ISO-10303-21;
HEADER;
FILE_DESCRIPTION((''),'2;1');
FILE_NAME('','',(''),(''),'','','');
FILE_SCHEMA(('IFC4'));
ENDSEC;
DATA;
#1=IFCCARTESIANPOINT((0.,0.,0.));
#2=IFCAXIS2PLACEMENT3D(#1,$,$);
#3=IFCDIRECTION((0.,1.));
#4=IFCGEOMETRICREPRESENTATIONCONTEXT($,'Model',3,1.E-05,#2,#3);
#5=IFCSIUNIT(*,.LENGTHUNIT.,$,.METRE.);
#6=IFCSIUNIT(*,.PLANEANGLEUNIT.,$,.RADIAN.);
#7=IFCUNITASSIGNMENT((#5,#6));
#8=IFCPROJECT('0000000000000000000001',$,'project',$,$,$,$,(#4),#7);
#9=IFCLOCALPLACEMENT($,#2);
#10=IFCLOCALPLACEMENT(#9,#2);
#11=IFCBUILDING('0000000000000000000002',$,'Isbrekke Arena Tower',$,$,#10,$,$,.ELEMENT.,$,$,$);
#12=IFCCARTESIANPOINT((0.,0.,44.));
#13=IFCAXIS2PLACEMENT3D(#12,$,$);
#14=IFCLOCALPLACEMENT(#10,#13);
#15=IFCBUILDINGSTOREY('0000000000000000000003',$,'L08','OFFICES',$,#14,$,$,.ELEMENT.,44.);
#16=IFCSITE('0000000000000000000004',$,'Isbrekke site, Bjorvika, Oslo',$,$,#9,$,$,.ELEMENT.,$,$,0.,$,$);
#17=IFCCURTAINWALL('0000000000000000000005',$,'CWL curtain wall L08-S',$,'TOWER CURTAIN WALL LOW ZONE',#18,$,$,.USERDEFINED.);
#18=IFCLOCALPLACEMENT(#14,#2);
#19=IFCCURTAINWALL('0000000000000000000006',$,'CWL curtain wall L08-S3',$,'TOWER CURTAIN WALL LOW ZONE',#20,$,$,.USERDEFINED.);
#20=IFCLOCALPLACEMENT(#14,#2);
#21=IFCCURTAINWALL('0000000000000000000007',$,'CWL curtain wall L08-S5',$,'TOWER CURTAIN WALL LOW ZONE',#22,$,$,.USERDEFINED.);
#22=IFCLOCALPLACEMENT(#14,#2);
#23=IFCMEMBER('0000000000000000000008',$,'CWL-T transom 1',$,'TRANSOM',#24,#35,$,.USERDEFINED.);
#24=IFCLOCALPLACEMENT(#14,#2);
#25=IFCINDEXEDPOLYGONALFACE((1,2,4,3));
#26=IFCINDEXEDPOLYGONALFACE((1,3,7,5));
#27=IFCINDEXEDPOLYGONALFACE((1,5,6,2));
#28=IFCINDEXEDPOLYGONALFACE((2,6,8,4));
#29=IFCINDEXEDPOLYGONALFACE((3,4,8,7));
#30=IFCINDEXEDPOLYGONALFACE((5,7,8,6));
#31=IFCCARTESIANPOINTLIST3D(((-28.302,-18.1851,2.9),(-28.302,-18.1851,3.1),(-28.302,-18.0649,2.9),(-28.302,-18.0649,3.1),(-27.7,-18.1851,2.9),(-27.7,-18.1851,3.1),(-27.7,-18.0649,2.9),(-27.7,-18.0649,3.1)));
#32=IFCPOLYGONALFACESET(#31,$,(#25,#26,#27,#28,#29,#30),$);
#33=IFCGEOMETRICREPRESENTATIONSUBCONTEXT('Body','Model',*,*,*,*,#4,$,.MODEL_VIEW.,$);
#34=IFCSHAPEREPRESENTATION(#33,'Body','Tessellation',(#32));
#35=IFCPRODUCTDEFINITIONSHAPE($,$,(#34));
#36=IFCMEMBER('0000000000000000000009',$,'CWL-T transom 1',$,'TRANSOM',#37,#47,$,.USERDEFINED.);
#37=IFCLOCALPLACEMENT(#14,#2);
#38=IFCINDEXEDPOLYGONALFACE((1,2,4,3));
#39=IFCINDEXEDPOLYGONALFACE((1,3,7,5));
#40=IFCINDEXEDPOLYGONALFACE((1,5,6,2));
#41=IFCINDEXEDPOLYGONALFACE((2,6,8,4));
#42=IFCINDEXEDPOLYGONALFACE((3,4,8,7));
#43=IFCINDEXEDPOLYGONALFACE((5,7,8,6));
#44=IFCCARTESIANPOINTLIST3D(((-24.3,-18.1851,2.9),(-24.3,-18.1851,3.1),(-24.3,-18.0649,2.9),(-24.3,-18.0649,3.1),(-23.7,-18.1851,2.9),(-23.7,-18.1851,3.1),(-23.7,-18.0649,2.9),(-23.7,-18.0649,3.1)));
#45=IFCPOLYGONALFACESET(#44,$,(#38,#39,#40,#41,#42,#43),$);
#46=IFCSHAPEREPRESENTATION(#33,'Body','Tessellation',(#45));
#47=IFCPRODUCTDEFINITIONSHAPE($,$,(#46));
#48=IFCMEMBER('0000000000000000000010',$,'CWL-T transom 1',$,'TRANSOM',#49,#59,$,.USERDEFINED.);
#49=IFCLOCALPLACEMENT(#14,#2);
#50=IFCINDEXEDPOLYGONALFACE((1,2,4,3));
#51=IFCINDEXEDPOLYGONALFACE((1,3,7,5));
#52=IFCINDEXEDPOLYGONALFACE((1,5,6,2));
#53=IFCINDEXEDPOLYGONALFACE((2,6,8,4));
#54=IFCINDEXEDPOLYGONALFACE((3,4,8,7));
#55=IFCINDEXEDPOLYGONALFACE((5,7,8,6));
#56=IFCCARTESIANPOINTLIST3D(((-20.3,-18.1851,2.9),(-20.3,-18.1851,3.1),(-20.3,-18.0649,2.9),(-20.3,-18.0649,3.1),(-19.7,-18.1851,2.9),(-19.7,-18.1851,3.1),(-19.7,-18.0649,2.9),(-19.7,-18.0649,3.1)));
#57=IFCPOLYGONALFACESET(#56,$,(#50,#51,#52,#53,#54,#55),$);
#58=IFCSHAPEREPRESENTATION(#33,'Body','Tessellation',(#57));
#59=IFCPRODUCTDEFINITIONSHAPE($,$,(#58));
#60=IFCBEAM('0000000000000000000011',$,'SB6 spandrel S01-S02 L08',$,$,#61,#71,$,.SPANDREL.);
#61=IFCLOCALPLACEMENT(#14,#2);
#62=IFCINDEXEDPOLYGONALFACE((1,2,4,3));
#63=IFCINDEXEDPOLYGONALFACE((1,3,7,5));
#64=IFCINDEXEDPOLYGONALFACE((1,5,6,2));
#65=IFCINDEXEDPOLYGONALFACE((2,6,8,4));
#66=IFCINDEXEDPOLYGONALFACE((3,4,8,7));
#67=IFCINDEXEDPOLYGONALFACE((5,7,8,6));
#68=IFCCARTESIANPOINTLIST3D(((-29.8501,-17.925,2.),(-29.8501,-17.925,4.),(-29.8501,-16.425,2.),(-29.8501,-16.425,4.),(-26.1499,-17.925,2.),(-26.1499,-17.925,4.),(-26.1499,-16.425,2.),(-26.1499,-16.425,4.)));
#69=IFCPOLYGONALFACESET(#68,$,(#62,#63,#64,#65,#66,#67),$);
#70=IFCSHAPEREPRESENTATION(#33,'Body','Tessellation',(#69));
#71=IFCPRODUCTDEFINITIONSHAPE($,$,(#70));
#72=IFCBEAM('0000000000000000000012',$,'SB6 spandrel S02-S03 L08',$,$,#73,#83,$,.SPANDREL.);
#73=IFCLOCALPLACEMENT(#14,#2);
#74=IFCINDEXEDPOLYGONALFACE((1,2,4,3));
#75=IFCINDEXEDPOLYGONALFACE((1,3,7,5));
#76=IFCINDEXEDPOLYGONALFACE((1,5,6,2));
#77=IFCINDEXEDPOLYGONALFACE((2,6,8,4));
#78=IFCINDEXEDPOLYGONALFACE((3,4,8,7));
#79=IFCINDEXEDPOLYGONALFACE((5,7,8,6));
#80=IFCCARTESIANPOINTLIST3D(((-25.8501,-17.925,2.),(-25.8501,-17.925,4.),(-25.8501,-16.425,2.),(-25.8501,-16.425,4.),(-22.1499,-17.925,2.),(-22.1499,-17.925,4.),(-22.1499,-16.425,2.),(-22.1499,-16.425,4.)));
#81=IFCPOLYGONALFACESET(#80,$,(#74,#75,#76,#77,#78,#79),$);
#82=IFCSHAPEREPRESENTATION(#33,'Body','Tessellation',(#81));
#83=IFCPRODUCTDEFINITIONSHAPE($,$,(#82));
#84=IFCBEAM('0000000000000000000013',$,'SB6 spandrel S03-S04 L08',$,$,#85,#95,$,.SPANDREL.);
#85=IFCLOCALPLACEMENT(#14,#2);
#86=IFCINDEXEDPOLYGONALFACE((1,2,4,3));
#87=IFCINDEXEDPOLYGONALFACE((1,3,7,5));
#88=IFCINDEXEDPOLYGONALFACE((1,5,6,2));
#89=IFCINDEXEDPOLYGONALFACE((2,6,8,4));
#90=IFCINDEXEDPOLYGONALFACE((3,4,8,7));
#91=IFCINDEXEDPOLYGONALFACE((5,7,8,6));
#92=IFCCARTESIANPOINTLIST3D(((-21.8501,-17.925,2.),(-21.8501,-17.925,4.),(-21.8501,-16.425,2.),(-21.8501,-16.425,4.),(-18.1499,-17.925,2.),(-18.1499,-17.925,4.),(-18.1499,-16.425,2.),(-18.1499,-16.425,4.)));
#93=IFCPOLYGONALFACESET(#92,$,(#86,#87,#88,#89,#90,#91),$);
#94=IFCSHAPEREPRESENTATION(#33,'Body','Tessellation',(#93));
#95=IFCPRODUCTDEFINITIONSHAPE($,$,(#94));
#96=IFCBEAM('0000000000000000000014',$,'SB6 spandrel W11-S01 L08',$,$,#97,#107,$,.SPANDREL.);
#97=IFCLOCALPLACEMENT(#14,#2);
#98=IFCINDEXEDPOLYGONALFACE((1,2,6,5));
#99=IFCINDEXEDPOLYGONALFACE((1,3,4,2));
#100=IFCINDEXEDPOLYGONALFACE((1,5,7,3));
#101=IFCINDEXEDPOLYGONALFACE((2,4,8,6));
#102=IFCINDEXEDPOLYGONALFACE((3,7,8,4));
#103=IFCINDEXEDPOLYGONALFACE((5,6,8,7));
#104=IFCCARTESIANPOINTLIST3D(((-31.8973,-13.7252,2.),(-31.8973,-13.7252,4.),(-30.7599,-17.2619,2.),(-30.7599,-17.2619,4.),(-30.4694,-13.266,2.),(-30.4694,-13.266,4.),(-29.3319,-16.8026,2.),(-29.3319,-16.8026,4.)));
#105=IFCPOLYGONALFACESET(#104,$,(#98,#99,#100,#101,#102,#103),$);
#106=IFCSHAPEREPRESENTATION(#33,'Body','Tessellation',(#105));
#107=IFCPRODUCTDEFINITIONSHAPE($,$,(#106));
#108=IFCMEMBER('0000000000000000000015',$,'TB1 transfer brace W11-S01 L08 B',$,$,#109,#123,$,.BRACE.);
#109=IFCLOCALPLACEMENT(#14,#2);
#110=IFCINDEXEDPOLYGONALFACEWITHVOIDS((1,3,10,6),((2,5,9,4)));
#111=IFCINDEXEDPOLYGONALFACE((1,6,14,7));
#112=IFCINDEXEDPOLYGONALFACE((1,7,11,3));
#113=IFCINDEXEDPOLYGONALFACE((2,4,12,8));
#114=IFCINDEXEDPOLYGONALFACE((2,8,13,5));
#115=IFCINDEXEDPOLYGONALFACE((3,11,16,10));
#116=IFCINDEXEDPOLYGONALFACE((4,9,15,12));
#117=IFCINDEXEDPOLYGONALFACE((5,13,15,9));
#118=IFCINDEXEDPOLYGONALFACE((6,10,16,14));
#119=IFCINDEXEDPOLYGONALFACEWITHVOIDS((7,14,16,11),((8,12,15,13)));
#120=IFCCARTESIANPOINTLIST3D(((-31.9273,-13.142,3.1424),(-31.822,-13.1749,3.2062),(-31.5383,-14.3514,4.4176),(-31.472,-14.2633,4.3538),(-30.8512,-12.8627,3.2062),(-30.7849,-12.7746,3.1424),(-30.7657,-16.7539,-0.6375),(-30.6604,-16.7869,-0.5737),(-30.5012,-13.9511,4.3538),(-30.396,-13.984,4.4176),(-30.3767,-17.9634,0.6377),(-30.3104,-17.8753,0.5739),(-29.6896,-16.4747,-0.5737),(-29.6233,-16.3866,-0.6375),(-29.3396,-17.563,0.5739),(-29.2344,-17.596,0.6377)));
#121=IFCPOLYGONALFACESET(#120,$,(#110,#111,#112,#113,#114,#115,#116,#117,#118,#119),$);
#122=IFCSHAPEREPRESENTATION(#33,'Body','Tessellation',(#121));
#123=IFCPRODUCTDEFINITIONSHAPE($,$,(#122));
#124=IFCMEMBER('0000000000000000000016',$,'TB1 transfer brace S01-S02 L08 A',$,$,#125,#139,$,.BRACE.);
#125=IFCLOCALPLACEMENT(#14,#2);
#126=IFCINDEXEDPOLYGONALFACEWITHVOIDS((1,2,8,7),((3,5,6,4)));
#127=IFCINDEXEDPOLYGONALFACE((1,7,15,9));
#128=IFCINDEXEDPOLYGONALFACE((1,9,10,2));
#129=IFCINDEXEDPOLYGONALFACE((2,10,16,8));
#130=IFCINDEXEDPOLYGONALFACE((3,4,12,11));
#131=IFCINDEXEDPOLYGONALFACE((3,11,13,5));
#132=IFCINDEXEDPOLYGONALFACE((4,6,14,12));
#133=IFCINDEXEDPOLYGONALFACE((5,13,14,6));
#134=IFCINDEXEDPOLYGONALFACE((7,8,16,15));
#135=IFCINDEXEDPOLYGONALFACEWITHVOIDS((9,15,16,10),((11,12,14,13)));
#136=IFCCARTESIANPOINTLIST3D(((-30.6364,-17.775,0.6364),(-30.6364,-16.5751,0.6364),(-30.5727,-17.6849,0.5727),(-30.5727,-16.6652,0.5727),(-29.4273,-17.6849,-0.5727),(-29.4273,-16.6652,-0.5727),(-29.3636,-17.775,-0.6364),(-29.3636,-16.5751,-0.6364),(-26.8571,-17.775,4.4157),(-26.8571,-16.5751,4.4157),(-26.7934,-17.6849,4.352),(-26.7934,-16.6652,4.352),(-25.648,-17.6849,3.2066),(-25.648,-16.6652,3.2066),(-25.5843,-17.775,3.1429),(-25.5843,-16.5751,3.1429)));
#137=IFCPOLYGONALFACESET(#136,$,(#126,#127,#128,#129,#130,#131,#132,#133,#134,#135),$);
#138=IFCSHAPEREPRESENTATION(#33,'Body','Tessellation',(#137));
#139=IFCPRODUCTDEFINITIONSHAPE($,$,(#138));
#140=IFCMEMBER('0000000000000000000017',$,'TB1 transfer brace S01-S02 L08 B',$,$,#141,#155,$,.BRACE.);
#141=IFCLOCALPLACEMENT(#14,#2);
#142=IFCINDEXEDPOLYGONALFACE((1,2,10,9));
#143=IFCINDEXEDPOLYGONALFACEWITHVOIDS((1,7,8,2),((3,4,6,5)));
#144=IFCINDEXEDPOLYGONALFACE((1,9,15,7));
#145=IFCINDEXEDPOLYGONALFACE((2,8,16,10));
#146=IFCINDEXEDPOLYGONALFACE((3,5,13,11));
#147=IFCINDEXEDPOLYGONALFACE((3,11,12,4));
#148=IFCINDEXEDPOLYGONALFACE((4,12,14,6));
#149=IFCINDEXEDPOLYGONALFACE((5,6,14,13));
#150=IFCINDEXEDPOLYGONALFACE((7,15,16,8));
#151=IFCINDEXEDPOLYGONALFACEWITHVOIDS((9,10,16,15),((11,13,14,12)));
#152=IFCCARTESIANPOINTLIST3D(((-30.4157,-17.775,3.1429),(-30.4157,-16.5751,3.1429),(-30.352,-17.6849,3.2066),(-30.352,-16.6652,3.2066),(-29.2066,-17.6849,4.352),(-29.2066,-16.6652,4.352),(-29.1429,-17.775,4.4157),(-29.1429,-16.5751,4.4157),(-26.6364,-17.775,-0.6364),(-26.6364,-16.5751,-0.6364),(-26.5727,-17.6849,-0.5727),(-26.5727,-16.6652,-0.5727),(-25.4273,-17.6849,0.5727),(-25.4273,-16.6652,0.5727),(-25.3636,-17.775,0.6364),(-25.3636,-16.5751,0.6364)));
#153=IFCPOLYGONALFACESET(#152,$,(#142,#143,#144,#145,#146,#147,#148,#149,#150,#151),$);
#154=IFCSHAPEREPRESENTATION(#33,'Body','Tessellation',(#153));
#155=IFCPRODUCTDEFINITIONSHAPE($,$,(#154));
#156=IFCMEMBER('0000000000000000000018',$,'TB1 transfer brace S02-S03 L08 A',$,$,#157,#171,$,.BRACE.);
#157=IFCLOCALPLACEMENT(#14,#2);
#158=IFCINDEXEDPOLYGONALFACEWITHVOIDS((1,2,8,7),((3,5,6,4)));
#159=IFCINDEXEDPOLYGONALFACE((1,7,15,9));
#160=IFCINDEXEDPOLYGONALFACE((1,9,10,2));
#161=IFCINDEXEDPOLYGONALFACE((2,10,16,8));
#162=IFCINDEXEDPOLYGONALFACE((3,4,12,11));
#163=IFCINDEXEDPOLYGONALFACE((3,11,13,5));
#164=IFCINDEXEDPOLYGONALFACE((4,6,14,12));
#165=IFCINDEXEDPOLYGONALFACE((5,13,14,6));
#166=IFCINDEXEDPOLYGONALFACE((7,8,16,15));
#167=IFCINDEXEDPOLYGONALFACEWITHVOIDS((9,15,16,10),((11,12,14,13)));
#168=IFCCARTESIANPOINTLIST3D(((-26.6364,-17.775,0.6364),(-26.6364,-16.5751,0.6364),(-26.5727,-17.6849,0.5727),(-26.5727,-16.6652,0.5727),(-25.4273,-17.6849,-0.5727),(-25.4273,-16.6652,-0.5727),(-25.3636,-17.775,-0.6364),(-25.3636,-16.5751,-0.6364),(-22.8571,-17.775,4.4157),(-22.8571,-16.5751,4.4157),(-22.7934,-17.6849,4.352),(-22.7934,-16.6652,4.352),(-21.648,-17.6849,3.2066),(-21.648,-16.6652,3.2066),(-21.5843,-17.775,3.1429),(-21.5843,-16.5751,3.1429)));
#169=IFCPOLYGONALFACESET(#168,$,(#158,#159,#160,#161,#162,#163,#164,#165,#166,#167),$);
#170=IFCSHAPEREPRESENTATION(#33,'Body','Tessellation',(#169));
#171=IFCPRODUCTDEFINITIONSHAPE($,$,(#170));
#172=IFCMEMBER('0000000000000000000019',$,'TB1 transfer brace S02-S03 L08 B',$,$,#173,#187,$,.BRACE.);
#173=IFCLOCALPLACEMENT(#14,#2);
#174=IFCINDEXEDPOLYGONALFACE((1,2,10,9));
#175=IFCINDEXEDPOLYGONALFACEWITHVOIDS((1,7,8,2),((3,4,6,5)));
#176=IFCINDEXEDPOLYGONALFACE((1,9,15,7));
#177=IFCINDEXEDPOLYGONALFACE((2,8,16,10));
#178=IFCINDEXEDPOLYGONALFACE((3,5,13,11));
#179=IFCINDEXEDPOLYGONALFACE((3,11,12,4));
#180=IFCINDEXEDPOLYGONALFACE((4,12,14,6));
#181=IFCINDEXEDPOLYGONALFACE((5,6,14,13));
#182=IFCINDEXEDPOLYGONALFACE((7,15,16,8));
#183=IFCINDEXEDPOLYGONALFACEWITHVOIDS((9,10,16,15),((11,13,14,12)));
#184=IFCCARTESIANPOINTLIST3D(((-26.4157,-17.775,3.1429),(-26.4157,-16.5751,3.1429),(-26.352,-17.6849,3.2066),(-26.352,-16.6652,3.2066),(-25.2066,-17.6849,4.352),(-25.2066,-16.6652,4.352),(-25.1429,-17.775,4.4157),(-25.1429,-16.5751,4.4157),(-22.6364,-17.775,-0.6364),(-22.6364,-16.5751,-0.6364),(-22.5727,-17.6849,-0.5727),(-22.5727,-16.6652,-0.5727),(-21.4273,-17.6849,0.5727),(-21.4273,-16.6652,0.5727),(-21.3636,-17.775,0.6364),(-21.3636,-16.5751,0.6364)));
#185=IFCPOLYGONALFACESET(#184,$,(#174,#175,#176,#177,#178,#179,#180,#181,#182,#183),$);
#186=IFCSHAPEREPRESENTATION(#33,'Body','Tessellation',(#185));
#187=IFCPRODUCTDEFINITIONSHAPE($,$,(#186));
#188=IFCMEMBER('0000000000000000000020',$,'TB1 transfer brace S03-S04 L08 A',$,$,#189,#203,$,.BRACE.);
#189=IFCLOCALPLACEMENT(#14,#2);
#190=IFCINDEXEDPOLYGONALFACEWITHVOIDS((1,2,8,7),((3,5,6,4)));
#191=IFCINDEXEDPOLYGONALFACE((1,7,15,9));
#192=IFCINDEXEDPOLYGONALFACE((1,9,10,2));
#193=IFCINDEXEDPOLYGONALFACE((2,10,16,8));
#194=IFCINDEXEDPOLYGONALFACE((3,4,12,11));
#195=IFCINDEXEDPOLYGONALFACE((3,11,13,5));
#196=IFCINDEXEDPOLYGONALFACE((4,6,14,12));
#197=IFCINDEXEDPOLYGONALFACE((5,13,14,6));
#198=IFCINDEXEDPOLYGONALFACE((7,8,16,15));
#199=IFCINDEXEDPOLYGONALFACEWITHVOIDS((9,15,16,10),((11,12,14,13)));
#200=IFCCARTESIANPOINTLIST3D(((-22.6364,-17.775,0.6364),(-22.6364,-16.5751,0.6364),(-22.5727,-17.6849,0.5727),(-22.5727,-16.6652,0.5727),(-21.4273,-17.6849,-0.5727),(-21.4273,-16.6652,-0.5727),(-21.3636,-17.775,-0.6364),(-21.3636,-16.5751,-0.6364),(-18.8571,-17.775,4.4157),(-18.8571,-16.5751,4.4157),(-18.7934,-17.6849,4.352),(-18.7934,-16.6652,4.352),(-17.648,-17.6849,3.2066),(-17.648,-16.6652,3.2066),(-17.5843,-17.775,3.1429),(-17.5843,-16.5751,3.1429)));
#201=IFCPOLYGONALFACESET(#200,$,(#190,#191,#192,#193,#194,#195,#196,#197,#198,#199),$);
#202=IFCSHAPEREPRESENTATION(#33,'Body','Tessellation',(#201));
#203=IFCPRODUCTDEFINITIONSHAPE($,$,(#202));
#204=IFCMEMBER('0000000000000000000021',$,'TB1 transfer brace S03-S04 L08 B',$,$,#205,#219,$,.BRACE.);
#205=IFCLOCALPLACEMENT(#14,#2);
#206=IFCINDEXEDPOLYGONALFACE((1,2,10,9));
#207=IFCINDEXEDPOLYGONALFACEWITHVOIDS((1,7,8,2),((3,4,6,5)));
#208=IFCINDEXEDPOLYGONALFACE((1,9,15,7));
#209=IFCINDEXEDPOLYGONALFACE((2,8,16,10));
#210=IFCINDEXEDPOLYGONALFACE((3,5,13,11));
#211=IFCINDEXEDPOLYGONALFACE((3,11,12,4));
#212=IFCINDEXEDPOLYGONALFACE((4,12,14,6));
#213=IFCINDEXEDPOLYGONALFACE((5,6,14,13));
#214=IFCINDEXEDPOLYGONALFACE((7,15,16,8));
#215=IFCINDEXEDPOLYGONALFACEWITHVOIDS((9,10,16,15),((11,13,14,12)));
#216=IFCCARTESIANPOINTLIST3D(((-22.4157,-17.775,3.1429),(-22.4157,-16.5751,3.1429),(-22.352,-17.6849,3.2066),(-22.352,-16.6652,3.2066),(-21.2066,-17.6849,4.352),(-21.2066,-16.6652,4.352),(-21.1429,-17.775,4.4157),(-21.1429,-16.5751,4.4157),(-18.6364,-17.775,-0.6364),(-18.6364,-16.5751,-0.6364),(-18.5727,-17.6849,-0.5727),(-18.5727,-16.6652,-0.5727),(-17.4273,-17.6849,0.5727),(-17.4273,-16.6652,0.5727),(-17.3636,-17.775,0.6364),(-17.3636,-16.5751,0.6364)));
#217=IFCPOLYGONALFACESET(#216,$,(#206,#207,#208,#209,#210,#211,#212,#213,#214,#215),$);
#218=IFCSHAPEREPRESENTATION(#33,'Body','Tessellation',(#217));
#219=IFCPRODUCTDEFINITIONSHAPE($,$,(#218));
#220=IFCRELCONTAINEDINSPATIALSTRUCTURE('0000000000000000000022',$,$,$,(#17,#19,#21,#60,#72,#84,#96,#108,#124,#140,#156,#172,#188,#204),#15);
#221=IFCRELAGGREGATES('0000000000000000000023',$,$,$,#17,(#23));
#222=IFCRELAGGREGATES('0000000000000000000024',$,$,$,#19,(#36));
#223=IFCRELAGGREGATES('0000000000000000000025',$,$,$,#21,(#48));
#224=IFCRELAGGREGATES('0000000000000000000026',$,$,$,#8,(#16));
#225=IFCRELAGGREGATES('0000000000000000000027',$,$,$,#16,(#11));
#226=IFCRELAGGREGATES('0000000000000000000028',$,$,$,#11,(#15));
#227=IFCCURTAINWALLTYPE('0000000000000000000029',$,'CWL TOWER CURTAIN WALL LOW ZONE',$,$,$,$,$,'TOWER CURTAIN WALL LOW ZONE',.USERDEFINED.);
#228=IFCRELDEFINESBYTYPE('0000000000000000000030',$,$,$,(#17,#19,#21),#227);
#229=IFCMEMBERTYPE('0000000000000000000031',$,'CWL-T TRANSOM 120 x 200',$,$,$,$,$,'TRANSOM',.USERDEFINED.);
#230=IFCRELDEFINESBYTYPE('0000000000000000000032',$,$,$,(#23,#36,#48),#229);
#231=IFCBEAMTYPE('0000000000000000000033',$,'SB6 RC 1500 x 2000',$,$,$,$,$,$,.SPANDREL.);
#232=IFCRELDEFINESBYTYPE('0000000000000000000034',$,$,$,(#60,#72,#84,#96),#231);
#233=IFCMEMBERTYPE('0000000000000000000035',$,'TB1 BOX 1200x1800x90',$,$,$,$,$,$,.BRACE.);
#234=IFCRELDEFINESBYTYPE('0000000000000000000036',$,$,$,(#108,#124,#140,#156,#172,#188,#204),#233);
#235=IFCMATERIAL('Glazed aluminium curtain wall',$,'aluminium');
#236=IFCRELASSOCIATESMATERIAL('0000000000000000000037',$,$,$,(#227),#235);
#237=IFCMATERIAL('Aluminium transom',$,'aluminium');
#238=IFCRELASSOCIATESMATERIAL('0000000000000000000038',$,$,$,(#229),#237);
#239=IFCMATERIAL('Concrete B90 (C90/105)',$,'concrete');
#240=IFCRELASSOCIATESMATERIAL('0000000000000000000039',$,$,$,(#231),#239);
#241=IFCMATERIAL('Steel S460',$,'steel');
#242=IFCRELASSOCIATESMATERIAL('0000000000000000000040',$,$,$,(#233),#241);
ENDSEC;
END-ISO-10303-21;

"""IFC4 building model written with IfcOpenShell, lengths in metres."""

from ifc_helpers import new_model, si_unit, direction, frame, origin, origin_2d, place, context, subcontext, project, spatial, rectangle, hollow_rectangle, extrude, material, material_profile, profile_set, type_object, element, aggregate, save


model = new_model("IFC4")

# Units and contexts
model_context = context("Model", 3, precision=1e-05, world=origin(), true_north=direction((0.0, 1.0)))
body_context = subcontext(model_context, "Body", "Model", "MODEL_VIEW")
ifc_project = project(units=[si_unit("LENGTHUNIT", "METRE"), si_unit("PLANEANGLEUNIT", "RADIAN")], contexts=[model_context])

# Site, building, storey
site_placement = place(None, origin())
site = spatial("IfcSite", under=ifc_project, at=site_placement, Name="Isbrekke site, Bjorvika, Oslo", CompositionType="ELEMENT", RefElevation=0.0)
building_placement = place(site_placement, origin())
building = spatial("IfcBuilding", under=site, at=building_placement, Name="Isbrekke Arena Tower", CompositionType="ELEMENT")
storey_placement = place(building_placement, frame((0.0, 0.0, 44.0)))
storey = spatial("IfcBuildingStorey", under=building, at=storey_placement, Name="L08", Description="OFFICES", CompositionType="ELEMENT", Elevation=44.0)

# Curtain walls
ifc_material_1 = material(Name="Glazed aluminium curtain wall", Category="aluminium")
curtain_wall_type = type_object("IfcCurtainWallType", Name="CWL TOWER CURTAIN WALL LOW ZONE", ElementType="TOWER CURTAIN WALL LOW ZONE", PredefinedType="USERDEFINED", material=ifc_material_1)
curtain_wall_1_placement = place(storey_placement, origin())
curtain_wall_1 = element("IfcCurtainWall", 1, at=curtain_wall_1_placement, inside=storey, type_object=curtain_wall_type, Name="CWL curtain wall L08-S", ObjectType="TOWER CURTAIN WALL LOW ZONE", PredefinedType="USERDEFINED")
curtain_wall_2_placement = place(storey_placement, origin())
curtain_wall_2 = element("IfcCurtainWall", 2, at=curtain_wall_2_placement, inside=storey, type_object=curtain_wall_type, Name="CWL curtain wall L08-S3", ObjectType="TOWER CURTAIN WALL LOW ZONE", PredefinedType="USERDEFINED")

# Curtain wall
curtain_wall_3_placement = place(storey_placement, origin())
curtain_wall_3 = element("IfcCurtainWall", 3, at=curtain_wall_3_placement, inside=storey, type_object=curtain_wall_type, Name="CWL curtain wall L08-S5", ObjectType="TOWER CURTAIN WALL LOW ZONE", PredefinedType="USERDEFINED")

# Members
ifc_material_2 = material(Name="Aluminium transom", Category="aluminium")
ifc_material_profile_1 = material_profile(ifc_material_2, rectangle(XDim=0.1201, YDim=0.2, at=origin_2d()), Name="TRANSOM 120X200")
ifc_profile_set_1 = profile_set([ifc_material_profile_1], Name="Aluminium transom")
member_type_1 = type_object("IfcMemberType", Name="CWL-T TRANSOM 120 x 200", ElementType="TRANSOM", PredefinedType="USERDEFINED", material=ifc_profile_set_1)
member_1_placement = place(storey_placement, frame((-28.302, -18.125, 3.0), z_axis=(1.0, 0.0, 0.0), x_axis=(0.0, 1.0, 0.0)))
member_1 = element("IfcMember", 4, at=member_1_placement, type_object=member_type_1, Name="CWL-T transom 1", ObjectType="TRANSOM", PredefinedType="USERDEFINED", context=body_context, shape_type="SweptSolid", body=[
    extrude(rectangle(XDim=0.1201, YDim=0.2, at=origin_2d()), origin(), (0.0, 0.0, 1.0), 0.6021),
])
member_2_placement = place(storey_placement, frame((-24.3, -18.125, 3.0), z_axis=(1.0, 0.0, 0.0), x_axis=(0.0, 1.0, 0.0)))
member_2 = element("IfcMember", 5, at=member_2_placement, type_object=member_type_1, Name="CWL-T transom 1", ObjectType="TRANSOM", PredefinedType="USERDEFINED", context=body_context, shape_type="SweptSolid", body=[
    extrude(rectangle(XDim=0.1201, YDim=0.2, at=origin_2d()), origin(), (0.0, 0.0, 1.0), 0.6001),
])
member_3_placement = place(storey_placement, frame((-20.3, -18.125, 3.0), z_axis=(1.0, 0.0, 0.0), x_axis=(0.0, 1.0, 0.0)))
member_3 = element("IfcMember", 6, at=member_3_placement, type_object=member_type_1, Name="CWL-T transom 1", ObjectType="TRANSOM", PredefinedType="USERDEFINED", context=body_context, shape_type="SweptSolid", body=[
    extrude(rectangle(XDim=0.1201, YDim=0.2, at=origin_2d()), origin(), (0.0, 0.0, 1.0), 0.6001),
])

# Beams
ifc_material_3 = material(Name="Concrete B90 (C90/105)", Category="concrete")
ifc_material_profile_2 = material_profile(ifc_material_3, rectangle(XDim=1.5, YDim=2.0, at=origin_2d()), Name="RC 1500x2000")
ifc_profile_set_2 = profile_set([ifc_material_profile_2], Name="Concrete B90 (C90/105)")
beam_type_1 = type_object("IfcBeamType", Name="SB6 RC 1500 x 2000", PredefinedType="SPANDREL", material=ifc_profile_set_2)
for number, where, z_axis, x_axis, name in (
    (7, (-29.8501, -17.175, 3.0), (1.0, 0.0, 0.0), (0.0, 1.0, 0.0), "SB6 spandrel S01-S02 L08"),
    (8, (-25.8501, -17.175, 3.0), (1.0, 0.0, 0.0), (0.0, 1.0, 0.0), "SB6 spandrel S02-S03 L08"),
    (9, (-21.8501, -17.175, 3.0), (1.0, 0.0, 0.0), (0.0, 1.0, 0.0), "SB6 spandrel S03-S04 L08"),
):
    element("IfcBeam", number, at=place(storey_placement, frame(where, z_axis=z_axis, x_axis=x_axis)), inside=storey, type_object=beam_type_1, Name=name, PredefinedType="SPANDREL", context=body_context, shape_type="SweptSolid", body=[
        extrude(rectangle(XDim=1.5, YDim=2.0, at=origin_2d()), origin(), (0.0, 0.0, 1.0), 3.7002),
    ])
beam_placement = place(storey_placement, frame((-31.1833, -13.4956, 3.0), z_axis=(0.306175, -0.951975, 0.0), x_axis=(0.951975, 0.306175, 0.0)))
element("IfcBeam", 10, at=beam_placement, inside=storey, type_object=beam_type_1, Name="SB6 spandrel W11-S01 L08", PredefinedType="SPANDREL", context=body_context, shape_type="SweptSolid", body=[
    extrude(rectangle(XDim=1.5, YDim=2.0, at=origin_2d()), origin(), (0.0, 0.0, 1.0), 3.7151),
])

# Members
ifc_material_4 = material(Name="Steel S460", Category="steel")
ifc_material_profile_3 = material_profile(ifc_material_4, hollow_rectangle(XDim=1.2, YDim=1.8, WallThickness=0.0901, at=origin_2d()), Name="BOX 1200x1800x90")
ifc_profile_set_3 = profile_set([ifc_material_profile_3], Name="Steel S460")
member_type_2 = type_object("IfcMemberType", Name="TB1 BOX 1200x1800x90", PredefinedType="BRACE", material=ifc_profile_set_3)
member_4_placement = place(storey_placement, frame((-31.1616, -13.563, 3.78), z_axis=(0.216889, -0.674416, -0.705778), x_axis=(0.951982, 0.306153, 0.0)))
element("IfcMember", 11, at=member_4_placement, inside=storey, type_object=member_type_2, Name="TB1 transfer brace W11-S01 L08 B", PredefinedType="BRACE", context=body_context, shape_type="SweptSolid", body=[
    extrude(hollow_rectangle(XDim=1.2, YDim=1.8, WallThickness=0.0901, at=origin_2d()), origin(), (0.0, 0.0, 1.0), 5.3557),
])
for number, where, z_axis, x_axis, name in (
    (12, (-30.0, -17.175, 0.0), (0.707107, 0.0, 0.707107), (0.0, 1.0, 0.0), "TB1 transfer brace S01-S02 L08 A"),
    (13, (-29.7793, -17.175, 3.7793), (0.707107, 0.0, -0.707107), (0.0, 1.0, 0.0), "TB1 transfer brace S01-S02 L08 B"),
    (14, (-26.0, -17.175, 0.0), (0.707107, 0.0, 0.707107), (0.0, 1.0, 0.0), "TB1 transfer brace S02-S03 L08 A"),
    (15, (-25.7793, -17.175, 3.7793), (0.707107, 0.0, -0.707107), (0.0, 1.0, 0.0), "TB1 transfer brace S02-S03 L08 B"),
    (16, (-22.0, -17.175, 0.0), (0.707107, 0.0, 0.707107), (0.0, 1.0, 0.0), "TB1 transfer brace S03-S04 L08 A"),
    (17, (-21.7793, -17.175, 3.7793), (0.707107, 0.0, -0.707107), (0.0, 1.0, 0.0), "TB1 transfer brace S03-S04 L08 B"),
):
    element("IfcMember", number, at=place(storey_placement, frame(where, z_axis=z_axis, x_axis=x_axis)), inside=storey, type_object=member_type_2, Name=name, PredefinedType="BRACE", context=body_context, shape_type="SweptSolid", body=[
        extrude(hollow_rectangle(XDim=1.2, YDim=1.8, WallThickness=0.0901, at=origin_2d()), origin(), (0.0, 0.0, 1.0), 5.3447),
    ])

aggregate(curtain_wall_1, [member_1])
aggregate(curtain_wall_2, [member_2])
aggregate(curtain_wall_3, [member_3])

save(model, "model.ifc")
